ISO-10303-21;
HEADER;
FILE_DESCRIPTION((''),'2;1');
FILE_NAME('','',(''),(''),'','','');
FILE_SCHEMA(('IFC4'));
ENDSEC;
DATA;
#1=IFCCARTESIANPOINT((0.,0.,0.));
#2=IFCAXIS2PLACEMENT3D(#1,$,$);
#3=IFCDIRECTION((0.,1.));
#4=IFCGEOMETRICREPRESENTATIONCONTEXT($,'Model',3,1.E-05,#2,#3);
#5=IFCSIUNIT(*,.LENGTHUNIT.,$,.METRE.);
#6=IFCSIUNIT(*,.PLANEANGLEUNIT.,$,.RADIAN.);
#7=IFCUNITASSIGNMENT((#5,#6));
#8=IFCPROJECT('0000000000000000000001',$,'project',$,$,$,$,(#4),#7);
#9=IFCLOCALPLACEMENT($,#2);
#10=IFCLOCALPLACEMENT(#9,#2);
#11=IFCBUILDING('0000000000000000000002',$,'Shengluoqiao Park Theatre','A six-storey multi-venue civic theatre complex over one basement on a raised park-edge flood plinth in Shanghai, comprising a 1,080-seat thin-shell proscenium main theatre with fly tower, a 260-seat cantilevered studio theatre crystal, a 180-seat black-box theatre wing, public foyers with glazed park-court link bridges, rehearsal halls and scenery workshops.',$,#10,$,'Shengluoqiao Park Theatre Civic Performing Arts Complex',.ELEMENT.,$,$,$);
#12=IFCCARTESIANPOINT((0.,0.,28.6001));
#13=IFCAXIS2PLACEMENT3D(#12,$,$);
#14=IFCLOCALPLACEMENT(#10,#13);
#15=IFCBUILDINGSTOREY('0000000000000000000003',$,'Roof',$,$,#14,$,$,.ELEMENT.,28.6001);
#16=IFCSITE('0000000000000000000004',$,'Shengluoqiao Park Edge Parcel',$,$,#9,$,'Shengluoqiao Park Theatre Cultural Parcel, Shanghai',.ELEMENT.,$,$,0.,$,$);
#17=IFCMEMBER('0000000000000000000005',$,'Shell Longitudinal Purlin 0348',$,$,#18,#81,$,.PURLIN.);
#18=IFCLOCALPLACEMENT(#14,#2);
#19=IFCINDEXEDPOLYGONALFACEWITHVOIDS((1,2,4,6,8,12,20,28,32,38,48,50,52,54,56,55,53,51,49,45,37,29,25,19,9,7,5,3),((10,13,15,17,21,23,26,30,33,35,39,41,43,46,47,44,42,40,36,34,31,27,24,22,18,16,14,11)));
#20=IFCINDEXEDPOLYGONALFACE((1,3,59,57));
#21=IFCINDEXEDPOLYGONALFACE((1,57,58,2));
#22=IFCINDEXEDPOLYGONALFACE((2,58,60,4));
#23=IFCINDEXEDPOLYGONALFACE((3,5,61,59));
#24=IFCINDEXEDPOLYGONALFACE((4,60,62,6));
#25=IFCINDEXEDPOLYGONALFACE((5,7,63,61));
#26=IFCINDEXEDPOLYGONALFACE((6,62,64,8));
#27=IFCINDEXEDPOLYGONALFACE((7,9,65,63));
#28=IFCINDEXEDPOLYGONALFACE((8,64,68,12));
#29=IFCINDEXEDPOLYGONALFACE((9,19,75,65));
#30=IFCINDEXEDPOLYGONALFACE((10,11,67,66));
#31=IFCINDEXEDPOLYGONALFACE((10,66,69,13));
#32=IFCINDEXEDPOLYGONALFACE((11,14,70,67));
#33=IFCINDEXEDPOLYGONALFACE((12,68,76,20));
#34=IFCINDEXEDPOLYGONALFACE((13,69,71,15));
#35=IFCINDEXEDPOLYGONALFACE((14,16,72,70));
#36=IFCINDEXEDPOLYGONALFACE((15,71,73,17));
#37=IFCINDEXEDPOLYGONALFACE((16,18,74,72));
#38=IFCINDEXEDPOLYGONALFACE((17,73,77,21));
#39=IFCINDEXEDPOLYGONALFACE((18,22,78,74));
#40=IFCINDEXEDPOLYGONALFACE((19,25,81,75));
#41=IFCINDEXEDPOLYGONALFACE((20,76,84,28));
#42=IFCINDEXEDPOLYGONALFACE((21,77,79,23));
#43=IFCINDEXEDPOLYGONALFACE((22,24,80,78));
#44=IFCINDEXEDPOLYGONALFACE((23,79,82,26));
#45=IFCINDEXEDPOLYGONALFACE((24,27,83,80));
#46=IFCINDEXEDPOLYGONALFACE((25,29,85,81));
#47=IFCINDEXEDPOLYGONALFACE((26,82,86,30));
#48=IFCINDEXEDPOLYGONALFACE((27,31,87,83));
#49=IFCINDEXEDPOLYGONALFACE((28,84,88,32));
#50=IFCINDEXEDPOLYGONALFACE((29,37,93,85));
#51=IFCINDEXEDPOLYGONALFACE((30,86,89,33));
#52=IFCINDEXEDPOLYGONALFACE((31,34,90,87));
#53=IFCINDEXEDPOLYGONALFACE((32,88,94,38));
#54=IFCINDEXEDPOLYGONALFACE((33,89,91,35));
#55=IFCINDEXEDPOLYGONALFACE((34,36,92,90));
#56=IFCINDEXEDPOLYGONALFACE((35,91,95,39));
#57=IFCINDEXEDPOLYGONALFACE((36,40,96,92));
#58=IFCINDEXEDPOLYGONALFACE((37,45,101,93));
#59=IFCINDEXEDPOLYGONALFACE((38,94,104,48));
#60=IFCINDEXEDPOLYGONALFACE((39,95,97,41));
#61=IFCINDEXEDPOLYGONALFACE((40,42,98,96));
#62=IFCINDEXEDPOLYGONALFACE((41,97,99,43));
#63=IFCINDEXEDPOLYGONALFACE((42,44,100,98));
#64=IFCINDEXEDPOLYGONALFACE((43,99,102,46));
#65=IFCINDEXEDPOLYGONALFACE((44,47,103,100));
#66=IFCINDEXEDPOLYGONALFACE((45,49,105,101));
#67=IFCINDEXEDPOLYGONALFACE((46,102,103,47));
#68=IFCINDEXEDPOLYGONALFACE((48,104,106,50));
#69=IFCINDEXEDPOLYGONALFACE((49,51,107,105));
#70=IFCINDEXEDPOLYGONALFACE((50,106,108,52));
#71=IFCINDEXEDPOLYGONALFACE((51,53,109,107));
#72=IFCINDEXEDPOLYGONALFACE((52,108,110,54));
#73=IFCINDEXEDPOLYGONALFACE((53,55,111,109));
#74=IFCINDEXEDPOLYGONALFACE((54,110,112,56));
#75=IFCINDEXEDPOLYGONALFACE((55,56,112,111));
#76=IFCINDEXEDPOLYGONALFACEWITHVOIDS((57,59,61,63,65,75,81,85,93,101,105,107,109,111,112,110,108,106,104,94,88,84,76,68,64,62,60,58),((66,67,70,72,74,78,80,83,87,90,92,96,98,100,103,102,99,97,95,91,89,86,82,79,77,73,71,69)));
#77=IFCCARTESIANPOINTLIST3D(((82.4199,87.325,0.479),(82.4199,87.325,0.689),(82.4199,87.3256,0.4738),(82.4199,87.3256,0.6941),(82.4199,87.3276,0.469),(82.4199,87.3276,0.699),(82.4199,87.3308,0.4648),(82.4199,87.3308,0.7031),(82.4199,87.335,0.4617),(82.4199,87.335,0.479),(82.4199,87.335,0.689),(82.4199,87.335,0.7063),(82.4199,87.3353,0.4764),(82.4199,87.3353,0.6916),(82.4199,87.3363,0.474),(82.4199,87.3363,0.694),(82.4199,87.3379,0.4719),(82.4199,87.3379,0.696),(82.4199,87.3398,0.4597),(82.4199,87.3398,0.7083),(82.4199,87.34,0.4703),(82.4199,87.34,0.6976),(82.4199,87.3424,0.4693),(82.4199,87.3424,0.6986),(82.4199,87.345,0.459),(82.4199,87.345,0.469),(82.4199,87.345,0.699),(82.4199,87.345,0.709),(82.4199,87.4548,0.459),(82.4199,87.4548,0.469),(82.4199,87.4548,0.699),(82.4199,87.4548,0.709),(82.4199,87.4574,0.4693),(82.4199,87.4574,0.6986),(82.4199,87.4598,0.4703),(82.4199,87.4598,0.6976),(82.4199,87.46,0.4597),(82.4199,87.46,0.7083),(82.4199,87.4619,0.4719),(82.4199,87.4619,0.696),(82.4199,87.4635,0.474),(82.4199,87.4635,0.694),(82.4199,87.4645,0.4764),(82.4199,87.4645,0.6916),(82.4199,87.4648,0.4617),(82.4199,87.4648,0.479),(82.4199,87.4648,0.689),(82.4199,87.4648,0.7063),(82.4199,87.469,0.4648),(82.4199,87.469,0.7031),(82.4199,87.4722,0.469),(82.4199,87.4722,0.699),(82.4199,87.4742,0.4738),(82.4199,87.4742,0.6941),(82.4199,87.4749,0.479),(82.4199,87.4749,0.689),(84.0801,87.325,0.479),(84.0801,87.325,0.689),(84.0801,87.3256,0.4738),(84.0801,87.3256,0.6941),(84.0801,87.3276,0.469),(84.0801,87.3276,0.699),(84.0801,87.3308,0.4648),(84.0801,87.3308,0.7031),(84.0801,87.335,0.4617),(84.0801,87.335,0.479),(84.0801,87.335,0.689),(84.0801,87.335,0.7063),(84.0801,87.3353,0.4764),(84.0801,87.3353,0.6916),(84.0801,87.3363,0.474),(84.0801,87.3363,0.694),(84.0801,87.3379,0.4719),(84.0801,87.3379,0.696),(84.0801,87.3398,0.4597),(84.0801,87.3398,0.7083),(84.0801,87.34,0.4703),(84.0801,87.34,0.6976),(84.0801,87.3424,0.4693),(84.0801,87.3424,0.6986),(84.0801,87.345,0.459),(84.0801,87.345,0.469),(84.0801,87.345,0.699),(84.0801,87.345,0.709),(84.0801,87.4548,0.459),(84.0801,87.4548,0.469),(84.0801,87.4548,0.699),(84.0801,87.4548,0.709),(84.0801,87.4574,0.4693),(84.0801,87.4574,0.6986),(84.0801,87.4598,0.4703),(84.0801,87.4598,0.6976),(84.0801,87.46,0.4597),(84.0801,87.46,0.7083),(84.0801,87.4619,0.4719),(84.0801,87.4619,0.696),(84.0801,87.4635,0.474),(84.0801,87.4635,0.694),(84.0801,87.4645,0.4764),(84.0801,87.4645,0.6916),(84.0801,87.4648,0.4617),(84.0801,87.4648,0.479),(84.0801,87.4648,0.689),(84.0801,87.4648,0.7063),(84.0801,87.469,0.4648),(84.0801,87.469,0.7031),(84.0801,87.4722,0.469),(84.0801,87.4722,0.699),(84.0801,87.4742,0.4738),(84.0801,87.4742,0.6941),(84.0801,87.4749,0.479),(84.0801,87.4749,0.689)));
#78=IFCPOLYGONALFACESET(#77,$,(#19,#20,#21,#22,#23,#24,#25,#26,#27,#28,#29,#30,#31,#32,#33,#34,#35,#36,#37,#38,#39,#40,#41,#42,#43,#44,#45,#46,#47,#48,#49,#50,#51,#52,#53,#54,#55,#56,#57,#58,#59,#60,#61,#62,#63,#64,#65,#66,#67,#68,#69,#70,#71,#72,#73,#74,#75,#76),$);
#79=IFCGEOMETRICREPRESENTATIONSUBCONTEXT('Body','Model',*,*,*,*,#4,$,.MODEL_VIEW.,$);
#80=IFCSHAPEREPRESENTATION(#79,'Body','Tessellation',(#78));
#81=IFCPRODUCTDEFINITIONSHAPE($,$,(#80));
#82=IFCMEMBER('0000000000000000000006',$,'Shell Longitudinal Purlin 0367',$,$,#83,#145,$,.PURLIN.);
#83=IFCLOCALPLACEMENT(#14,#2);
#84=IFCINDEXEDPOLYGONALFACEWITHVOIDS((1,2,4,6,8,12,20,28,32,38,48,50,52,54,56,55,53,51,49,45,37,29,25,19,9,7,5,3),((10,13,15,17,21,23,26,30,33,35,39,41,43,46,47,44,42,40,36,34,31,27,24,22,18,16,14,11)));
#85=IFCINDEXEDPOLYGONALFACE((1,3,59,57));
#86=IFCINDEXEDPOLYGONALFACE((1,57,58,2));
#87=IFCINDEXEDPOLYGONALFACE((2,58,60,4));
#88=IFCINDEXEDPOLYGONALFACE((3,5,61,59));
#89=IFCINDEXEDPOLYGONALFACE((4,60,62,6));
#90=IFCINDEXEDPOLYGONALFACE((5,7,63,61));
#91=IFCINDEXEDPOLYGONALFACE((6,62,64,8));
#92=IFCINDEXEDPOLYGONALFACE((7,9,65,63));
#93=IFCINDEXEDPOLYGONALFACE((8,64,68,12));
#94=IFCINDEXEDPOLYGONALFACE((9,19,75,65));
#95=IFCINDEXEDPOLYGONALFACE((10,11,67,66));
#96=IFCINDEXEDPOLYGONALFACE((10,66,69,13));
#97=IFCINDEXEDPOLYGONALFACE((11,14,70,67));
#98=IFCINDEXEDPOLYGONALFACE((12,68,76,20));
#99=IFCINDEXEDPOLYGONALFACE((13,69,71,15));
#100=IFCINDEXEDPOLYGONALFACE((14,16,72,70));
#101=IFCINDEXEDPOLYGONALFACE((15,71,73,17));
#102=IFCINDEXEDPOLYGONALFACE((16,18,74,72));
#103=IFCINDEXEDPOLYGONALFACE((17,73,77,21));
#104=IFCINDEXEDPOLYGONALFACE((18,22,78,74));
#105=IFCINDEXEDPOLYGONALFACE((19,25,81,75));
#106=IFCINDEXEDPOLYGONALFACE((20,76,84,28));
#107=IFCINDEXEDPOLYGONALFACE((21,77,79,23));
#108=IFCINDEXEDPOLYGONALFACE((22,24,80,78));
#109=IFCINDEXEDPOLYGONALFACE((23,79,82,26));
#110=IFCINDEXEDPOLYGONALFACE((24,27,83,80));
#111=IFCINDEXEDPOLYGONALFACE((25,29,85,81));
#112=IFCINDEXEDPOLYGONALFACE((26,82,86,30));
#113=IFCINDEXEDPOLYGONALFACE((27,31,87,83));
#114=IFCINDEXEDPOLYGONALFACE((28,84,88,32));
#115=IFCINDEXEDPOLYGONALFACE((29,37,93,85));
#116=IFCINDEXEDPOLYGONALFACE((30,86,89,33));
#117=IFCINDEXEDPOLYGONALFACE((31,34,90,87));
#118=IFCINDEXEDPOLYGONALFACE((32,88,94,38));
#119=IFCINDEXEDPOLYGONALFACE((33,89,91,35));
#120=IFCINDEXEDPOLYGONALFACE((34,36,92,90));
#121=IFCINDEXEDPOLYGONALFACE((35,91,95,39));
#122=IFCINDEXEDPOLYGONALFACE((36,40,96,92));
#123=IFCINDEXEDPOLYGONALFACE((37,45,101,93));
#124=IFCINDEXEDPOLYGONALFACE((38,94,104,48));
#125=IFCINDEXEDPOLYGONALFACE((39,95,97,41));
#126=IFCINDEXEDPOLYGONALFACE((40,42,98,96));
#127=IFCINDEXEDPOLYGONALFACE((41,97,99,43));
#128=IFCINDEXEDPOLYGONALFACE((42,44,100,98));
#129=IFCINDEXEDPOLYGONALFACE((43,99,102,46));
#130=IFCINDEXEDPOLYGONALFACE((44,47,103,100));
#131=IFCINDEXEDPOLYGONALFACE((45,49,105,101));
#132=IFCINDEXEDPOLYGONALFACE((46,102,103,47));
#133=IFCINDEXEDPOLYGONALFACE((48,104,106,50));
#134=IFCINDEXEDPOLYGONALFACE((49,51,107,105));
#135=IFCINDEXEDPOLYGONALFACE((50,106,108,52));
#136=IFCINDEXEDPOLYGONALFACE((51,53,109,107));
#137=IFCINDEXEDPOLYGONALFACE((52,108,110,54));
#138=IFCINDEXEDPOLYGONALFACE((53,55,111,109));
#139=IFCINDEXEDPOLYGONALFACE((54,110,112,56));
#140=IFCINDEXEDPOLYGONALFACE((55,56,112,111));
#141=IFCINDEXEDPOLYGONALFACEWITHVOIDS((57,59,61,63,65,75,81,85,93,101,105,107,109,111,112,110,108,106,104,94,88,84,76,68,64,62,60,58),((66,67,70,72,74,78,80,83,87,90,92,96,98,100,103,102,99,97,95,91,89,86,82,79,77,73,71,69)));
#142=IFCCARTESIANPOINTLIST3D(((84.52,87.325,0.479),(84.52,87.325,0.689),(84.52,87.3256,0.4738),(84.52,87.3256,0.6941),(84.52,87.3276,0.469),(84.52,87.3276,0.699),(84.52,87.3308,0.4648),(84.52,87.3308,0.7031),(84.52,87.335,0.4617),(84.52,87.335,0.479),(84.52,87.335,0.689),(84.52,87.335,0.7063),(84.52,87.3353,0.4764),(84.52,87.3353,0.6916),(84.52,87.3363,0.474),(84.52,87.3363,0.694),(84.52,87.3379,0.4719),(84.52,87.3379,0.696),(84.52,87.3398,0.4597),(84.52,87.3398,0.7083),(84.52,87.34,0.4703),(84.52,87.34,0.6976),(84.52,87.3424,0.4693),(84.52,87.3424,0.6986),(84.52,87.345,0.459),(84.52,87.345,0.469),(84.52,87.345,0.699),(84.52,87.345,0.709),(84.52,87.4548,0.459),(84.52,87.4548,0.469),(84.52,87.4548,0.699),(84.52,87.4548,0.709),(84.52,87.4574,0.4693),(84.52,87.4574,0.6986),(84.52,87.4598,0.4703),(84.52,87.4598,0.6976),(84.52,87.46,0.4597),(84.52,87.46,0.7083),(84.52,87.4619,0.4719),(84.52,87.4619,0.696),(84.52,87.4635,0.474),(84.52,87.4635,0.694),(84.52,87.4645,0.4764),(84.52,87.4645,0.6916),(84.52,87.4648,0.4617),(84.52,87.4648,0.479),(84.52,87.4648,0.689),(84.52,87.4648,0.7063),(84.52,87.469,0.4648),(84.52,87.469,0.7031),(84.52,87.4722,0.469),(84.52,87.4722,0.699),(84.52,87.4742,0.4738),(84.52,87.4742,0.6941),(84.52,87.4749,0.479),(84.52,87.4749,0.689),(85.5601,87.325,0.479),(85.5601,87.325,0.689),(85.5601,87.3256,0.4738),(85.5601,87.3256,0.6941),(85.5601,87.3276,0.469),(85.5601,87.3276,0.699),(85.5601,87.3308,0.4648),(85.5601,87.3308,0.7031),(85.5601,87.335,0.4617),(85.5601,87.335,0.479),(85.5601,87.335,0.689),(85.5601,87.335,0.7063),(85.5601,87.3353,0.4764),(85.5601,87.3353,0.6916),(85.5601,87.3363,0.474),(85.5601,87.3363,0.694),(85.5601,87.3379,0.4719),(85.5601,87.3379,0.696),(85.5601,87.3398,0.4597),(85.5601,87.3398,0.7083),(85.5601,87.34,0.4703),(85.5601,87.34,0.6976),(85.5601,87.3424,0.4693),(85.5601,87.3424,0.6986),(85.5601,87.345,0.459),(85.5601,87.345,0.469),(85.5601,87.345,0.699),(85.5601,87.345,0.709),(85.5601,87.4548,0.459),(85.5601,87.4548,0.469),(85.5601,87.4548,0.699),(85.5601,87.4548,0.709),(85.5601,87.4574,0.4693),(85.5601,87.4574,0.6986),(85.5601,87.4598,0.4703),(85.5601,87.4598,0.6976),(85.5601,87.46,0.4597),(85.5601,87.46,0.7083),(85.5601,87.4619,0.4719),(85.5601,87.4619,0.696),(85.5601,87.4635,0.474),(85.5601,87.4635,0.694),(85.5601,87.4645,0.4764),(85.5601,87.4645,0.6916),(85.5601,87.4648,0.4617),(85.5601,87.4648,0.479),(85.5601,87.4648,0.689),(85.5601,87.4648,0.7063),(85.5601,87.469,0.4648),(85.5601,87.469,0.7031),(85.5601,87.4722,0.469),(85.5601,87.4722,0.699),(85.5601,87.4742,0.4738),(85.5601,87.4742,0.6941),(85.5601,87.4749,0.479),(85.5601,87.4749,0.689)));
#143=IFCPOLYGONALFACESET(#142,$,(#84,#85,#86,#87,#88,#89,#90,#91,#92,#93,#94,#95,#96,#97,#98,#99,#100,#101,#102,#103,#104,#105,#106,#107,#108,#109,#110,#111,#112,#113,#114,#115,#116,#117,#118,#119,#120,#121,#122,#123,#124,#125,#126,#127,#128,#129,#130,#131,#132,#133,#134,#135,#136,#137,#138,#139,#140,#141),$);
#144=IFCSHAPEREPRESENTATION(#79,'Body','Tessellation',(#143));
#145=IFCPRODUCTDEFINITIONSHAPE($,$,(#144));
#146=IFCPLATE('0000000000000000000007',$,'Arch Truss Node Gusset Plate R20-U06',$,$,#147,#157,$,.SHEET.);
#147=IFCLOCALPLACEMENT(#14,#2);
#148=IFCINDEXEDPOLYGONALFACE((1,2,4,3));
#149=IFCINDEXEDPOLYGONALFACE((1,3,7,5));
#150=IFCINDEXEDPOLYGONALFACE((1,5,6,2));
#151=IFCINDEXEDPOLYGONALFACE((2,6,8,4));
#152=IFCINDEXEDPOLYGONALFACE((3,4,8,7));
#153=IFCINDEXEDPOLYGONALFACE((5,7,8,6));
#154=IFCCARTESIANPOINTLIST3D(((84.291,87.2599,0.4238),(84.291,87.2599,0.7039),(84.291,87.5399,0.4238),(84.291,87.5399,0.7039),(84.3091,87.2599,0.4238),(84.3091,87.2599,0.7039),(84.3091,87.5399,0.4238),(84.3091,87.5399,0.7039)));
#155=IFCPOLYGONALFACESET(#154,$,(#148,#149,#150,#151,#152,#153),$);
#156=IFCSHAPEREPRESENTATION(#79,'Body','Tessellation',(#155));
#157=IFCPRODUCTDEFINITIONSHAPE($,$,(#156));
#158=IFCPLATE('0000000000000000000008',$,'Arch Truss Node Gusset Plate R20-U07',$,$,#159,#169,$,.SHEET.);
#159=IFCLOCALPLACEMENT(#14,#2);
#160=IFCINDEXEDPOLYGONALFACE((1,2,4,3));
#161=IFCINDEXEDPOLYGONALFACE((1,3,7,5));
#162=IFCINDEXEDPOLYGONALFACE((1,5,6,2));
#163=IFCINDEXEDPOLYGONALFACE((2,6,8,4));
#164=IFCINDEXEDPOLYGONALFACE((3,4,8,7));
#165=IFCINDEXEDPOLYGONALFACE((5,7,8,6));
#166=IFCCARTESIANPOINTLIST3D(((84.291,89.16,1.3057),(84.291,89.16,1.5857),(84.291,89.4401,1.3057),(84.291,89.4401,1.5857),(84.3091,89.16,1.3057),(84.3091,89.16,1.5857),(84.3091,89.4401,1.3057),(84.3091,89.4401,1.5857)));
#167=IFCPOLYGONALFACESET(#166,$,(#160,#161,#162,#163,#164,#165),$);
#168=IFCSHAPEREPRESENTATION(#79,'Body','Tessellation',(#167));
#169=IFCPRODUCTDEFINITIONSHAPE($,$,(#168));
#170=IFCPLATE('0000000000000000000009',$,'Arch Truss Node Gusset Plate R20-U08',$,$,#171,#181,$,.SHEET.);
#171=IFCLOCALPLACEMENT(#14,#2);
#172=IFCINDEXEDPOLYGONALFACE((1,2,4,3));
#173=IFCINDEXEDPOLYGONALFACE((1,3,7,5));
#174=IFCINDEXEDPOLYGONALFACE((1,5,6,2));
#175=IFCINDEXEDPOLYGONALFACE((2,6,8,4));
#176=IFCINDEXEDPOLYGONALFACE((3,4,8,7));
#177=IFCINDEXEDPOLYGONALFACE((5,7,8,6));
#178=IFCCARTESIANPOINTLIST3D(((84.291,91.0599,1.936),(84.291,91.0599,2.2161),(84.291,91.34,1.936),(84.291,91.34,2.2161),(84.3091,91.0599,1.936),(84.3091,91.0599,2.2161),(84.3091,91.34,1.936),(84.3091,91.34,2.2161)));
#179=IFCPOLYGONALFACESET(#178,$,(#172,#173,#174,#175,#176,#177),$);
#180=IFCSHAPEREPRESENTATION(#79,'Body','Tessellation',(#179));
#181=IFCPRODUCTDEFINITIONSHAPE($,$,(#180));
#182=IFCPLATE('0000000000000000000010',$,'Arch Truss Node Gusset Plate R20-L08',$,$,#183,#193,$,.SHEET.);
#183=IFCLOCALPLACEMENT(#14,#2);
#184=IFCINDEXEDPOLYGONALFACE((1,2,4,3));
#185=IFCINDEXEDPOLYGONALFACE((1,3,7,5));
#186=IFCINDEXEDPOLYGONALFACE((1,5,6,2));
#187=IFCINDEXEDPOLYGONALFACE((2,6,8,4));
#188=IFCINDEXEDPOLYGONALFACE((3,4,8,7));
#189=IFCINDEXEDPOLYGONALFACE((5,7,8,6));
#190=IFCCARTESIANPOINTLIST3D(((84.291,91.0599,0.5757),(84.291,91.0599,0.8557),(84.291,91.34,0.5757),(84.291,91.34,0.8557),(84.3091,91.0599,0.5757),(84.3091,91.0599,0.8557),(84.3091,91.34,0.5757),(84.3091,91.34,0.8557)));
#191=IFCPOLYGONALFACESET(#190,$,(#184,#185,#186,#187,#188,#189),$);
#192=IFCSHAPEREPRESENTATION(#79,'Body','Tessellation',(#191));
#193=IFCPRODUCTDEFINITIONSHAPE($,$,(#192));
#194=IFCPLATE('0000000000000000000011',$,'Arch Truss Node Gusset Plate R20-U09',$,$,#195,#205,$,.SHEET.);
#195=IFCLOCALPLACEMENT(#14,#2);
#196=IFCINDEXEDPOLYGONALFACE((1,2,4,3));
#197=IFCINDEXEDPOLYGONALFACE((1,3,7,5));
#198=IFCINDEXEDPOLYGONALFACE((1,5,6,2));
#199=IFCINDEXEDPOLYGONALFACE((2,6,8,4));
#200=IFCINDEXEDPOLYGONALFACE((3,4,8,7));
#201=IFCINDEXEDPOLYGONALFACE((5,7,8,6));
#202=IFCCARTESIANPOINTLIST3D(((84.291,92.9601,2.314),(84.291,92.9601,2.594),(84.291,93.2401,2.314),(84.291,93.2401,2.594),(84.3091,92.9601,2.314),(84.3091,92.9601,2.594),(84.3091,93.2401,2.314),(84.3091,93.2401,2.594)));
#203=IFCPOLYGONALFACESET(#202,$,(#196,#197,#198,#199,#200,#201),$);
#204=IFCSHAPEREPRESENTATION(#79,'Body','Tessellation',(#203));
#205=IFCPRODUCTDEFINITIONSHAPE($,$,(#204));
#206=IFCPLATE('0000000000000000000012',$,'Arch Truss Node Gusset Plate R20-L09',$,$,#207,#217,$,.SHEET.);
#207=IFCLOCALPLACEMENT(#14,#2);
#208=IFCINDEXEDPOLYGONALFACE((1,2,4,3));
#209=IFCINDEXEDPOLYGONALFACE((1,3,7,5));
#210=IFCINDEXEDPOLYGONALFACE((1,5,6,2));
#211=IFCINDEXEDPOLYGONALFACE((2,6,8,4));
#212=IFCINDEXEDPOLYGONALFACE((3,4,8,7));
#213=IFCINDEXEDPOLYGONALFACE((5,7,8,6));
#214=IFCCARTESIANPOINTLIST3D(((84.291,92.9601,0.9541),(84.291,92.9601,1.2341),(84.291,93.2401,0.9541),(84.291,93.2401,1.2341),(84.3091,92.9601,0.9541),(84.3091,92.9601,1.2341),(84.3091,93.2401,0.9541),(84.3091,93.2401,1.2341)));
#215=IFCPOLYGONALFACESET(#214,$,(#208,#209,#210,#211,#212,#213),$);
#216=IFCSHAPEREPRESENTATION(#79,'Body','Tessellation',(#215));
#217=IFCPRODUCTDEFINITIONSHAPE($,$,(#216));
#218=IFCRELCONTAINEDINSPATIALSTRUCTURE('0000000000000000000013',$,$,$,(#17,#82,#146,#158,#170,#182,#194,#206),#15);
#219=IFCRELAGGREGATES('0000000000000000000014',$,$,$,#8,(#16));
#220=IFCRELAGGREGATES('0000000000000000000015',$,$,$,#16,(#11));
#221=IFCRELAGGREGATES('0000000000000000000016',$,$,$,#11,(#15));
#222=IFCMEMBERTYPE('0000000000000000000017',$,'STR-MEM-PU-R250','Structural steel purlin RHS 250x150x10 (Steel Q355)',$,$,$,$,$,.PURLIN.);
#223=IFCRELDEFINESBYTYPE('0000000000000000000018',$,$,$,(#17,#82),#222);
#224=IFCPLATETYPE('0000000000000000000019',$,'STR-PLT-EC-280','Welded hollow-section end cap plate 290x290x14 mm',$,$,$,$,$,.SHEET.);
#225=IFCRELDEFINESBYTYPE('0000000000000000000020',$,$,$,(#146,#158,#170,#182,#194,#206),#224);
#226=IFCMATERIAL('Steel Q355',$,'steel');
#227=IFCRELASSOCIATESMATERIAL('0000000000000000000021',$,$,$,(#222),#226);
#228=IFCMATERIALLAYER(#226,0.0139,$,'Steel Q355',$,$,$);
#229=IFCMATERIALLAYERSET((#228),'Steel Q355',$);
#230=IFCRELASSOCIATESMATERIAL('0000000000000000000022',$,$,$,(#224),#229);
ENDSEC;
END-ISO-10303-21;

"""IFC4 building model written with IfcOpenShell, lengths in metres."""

from ifc_helpers import new_model, si_unit, direction, frame, origin, origin_2d, place, context, subcontext, project, spatial, rectangle, hollow_rectangle, extrude, material, layer, layer_set, material_profile, profile_set, type_object, element, save


model = new_model("IFC4")

# Units and contexts
model_context = context("Model", 3, precision=1e-05, world=origin(), true_north=direction((0.0, 1.0)))
body_context = subcontext(model_context, "Body", "Model", "MODEL_VIEW")
ifc_project = project(units=[si_unit("LENGTHUNIT", "METRE"), si_unit("PLANEANGLEUNIT", "RADIAN")], contexts=[model_context])

# Site, building, storey
site_placement = place(None, origin())
site = spatial("IfcSite", under=ifc_project, at=site_placement, Name="Shengluoqiao Park Edge Parcel", LongName="Shengluoqiao Park Theatre Cultural Parcel, Shanghai", CompositionType="ELEMENT", RefElevation=0.0)
building_placement = place(site_placement, origin())
building = spatial("IfcBuilding", under=site, at=building_placement, Name="Shengluoqiao Park Theatre", Description="A six-storey multi-venue civic theatre complex over one basement on a raised park-edge flood plinth in Shanghai, comprising a 1,080-seat thin-shell proscenium main theatre with fly tower, a 260-seat cantilevered studio theatre crystal, a 180-seat black-box theatre wing, public foyers with glazed park-court link bridges, rehearsal halls and scenery workshops.", LongName="Shengluoqiao Park Theatre Civic Performing Arts Complex", CompositionType="ELEMENT")
storey_placement = place(building_placement, frame((0.0, 0.0, 28.6001)))
storey = spatial("IfcBuildingStorey", under=building, at=storey_placement, Name="Roof", CompositionType="ELEMENT", Elevation=28.6001)

# Shared definitions
ifc_material_1 = material(Name="Steel Q355", Category="steel")

# Members
ifc_material_profile_1 = material_profile(ifc_material_1, hollow_rectangle(XDim=0.1499, YDim=0.25, WallThickness=0.01, InnerFilletRadius=0.01, OuterFilletRadius=0.02, at=origin_2d()), Name="RHS 250x150x10")
ifc_profile_set_1 = profile_set([ifc_material_profile_1], Name="Steel Q355")
member_type_1 = type_object("IfcMemberType", Name="STR-MEM-PU-R250", Description="Structural steel purlin RHS 250x150x10 (Steel Q355)", PredefinedType="PURLIN", material=ifc_profile_set_1)
member_1_placement = place(storey_placement, frame((82.4199, 87.3999, 0.584), z_axis=(1.0, 0.0, 0.0), x_axis=(0.0, 1.0, 0.0)))
element("IfcMember", 1, at=member_1_placement, inside=storey, type_object=member_type_1, Name="Shell Longitudinal Purlin 0348", PredefinedType="PURLIN", context=body_context, shape_type="SweptSolid", body=[
    extrude(hollow_rectangle(XDim=0.1499, YDim=0.25, WallThickness=0.01, InnerFilletRadius=0.01, OuterFilletRadius=0.02, at=origin_2d()), origin(), (0.0, 0.0, 1.0), 1.6602),
])
member_2_placement = place(storey_placement, frame((84.52, 87.3999, 0.584), z_axis=(1.0, 0.0, 0.0), x_axis=(0.0, 1.0, 0.0)))
element("IfcMember", 2, at=member_2_placement, inside=storey, type_object=member_type_1, Name="Shell Longitudinal Purlin 0367", PredefinedType="PURLIN", context=body_context, shape_type="SweptSolid", body=[
    extrude(hollow_rectangle(XDim=0.1499, YDim=0.25, WallThickness=0.01, InnerFilletRadius=0.01, OuterFilletRadius=0.02, at=origin_2d()), origin(), (0.0, 0.0, 1.0), 1.04),
])

# Plates
ifc_layer_1 = layer(ifc_material_1, 0.0139, Name="Steel Q355")
ifc_layer_set_1 = layer_set([ifc_layer_1], Name="Steel Q355")
plate_type_1 = type_object("IfcPlateType", Name="STR-PLT-EC-280", Description="Welded hollow-section end cap plate 290x290x14 mm", PredefinedType="SHEET", material=ifc_layer_set_1)
for number, where, z_axis, x_axis, name in (
    (3, (84.3, 87.3999, 0.4238), (0.0, 0.0, 1.0), (1.0, 0.0, 0.0), "Arch Truss Node Gusset Plate R20-U06"),
    (4, (84.3, 89.3, 1.3057), (0.0, 0.0, 1.0), (1.0, 0.0, 0.0), "Arch Truss Node Gusset Plate R20-U07"),
    (5, (84.3, 91.2, 1.936), (0.0, 0.0, 1.0), (1.0, 0.0, 0.0), "Arch Truss Node Gusset Plate R20-U08"),
    (6, (84.3, 91.2, 0.5757), (0.0, 0.0, 1.0), (1.0, 0.0, 0.0), "Arch Truss Node Gusset Plate R20-L08"),
    (7, (84.3, 93.1001, 2.314), (0.0, 0.0, 1.0), (1.0, 0.0, 0.0), "Arch Truss Node Gusset Plate R20-U09"),
    (8, (84.3, 93.1001, 0.9541), (0.0, 0.0, 1.0), (1.0, 0.0, 0.0), "Arch Truss Node Gusset Plate R20-L09"),
):
    element("IfcPlate", number, at=place(storey_placement, frame(where, z_axis=z_axis, x_axis=x_axis)), inside=storey, type_object=plate_type_1, Name=name, PredefinedType="SHEET", context=body_context, shape_type="SweptSolid", body=[
        extrude(rectangle(XDim=0.0181, YDim=0.28, at=origin_2d()), origin(), (0.0, 0.0, 1.0), 0.28),
    ])

save(model, "model.ifc")
